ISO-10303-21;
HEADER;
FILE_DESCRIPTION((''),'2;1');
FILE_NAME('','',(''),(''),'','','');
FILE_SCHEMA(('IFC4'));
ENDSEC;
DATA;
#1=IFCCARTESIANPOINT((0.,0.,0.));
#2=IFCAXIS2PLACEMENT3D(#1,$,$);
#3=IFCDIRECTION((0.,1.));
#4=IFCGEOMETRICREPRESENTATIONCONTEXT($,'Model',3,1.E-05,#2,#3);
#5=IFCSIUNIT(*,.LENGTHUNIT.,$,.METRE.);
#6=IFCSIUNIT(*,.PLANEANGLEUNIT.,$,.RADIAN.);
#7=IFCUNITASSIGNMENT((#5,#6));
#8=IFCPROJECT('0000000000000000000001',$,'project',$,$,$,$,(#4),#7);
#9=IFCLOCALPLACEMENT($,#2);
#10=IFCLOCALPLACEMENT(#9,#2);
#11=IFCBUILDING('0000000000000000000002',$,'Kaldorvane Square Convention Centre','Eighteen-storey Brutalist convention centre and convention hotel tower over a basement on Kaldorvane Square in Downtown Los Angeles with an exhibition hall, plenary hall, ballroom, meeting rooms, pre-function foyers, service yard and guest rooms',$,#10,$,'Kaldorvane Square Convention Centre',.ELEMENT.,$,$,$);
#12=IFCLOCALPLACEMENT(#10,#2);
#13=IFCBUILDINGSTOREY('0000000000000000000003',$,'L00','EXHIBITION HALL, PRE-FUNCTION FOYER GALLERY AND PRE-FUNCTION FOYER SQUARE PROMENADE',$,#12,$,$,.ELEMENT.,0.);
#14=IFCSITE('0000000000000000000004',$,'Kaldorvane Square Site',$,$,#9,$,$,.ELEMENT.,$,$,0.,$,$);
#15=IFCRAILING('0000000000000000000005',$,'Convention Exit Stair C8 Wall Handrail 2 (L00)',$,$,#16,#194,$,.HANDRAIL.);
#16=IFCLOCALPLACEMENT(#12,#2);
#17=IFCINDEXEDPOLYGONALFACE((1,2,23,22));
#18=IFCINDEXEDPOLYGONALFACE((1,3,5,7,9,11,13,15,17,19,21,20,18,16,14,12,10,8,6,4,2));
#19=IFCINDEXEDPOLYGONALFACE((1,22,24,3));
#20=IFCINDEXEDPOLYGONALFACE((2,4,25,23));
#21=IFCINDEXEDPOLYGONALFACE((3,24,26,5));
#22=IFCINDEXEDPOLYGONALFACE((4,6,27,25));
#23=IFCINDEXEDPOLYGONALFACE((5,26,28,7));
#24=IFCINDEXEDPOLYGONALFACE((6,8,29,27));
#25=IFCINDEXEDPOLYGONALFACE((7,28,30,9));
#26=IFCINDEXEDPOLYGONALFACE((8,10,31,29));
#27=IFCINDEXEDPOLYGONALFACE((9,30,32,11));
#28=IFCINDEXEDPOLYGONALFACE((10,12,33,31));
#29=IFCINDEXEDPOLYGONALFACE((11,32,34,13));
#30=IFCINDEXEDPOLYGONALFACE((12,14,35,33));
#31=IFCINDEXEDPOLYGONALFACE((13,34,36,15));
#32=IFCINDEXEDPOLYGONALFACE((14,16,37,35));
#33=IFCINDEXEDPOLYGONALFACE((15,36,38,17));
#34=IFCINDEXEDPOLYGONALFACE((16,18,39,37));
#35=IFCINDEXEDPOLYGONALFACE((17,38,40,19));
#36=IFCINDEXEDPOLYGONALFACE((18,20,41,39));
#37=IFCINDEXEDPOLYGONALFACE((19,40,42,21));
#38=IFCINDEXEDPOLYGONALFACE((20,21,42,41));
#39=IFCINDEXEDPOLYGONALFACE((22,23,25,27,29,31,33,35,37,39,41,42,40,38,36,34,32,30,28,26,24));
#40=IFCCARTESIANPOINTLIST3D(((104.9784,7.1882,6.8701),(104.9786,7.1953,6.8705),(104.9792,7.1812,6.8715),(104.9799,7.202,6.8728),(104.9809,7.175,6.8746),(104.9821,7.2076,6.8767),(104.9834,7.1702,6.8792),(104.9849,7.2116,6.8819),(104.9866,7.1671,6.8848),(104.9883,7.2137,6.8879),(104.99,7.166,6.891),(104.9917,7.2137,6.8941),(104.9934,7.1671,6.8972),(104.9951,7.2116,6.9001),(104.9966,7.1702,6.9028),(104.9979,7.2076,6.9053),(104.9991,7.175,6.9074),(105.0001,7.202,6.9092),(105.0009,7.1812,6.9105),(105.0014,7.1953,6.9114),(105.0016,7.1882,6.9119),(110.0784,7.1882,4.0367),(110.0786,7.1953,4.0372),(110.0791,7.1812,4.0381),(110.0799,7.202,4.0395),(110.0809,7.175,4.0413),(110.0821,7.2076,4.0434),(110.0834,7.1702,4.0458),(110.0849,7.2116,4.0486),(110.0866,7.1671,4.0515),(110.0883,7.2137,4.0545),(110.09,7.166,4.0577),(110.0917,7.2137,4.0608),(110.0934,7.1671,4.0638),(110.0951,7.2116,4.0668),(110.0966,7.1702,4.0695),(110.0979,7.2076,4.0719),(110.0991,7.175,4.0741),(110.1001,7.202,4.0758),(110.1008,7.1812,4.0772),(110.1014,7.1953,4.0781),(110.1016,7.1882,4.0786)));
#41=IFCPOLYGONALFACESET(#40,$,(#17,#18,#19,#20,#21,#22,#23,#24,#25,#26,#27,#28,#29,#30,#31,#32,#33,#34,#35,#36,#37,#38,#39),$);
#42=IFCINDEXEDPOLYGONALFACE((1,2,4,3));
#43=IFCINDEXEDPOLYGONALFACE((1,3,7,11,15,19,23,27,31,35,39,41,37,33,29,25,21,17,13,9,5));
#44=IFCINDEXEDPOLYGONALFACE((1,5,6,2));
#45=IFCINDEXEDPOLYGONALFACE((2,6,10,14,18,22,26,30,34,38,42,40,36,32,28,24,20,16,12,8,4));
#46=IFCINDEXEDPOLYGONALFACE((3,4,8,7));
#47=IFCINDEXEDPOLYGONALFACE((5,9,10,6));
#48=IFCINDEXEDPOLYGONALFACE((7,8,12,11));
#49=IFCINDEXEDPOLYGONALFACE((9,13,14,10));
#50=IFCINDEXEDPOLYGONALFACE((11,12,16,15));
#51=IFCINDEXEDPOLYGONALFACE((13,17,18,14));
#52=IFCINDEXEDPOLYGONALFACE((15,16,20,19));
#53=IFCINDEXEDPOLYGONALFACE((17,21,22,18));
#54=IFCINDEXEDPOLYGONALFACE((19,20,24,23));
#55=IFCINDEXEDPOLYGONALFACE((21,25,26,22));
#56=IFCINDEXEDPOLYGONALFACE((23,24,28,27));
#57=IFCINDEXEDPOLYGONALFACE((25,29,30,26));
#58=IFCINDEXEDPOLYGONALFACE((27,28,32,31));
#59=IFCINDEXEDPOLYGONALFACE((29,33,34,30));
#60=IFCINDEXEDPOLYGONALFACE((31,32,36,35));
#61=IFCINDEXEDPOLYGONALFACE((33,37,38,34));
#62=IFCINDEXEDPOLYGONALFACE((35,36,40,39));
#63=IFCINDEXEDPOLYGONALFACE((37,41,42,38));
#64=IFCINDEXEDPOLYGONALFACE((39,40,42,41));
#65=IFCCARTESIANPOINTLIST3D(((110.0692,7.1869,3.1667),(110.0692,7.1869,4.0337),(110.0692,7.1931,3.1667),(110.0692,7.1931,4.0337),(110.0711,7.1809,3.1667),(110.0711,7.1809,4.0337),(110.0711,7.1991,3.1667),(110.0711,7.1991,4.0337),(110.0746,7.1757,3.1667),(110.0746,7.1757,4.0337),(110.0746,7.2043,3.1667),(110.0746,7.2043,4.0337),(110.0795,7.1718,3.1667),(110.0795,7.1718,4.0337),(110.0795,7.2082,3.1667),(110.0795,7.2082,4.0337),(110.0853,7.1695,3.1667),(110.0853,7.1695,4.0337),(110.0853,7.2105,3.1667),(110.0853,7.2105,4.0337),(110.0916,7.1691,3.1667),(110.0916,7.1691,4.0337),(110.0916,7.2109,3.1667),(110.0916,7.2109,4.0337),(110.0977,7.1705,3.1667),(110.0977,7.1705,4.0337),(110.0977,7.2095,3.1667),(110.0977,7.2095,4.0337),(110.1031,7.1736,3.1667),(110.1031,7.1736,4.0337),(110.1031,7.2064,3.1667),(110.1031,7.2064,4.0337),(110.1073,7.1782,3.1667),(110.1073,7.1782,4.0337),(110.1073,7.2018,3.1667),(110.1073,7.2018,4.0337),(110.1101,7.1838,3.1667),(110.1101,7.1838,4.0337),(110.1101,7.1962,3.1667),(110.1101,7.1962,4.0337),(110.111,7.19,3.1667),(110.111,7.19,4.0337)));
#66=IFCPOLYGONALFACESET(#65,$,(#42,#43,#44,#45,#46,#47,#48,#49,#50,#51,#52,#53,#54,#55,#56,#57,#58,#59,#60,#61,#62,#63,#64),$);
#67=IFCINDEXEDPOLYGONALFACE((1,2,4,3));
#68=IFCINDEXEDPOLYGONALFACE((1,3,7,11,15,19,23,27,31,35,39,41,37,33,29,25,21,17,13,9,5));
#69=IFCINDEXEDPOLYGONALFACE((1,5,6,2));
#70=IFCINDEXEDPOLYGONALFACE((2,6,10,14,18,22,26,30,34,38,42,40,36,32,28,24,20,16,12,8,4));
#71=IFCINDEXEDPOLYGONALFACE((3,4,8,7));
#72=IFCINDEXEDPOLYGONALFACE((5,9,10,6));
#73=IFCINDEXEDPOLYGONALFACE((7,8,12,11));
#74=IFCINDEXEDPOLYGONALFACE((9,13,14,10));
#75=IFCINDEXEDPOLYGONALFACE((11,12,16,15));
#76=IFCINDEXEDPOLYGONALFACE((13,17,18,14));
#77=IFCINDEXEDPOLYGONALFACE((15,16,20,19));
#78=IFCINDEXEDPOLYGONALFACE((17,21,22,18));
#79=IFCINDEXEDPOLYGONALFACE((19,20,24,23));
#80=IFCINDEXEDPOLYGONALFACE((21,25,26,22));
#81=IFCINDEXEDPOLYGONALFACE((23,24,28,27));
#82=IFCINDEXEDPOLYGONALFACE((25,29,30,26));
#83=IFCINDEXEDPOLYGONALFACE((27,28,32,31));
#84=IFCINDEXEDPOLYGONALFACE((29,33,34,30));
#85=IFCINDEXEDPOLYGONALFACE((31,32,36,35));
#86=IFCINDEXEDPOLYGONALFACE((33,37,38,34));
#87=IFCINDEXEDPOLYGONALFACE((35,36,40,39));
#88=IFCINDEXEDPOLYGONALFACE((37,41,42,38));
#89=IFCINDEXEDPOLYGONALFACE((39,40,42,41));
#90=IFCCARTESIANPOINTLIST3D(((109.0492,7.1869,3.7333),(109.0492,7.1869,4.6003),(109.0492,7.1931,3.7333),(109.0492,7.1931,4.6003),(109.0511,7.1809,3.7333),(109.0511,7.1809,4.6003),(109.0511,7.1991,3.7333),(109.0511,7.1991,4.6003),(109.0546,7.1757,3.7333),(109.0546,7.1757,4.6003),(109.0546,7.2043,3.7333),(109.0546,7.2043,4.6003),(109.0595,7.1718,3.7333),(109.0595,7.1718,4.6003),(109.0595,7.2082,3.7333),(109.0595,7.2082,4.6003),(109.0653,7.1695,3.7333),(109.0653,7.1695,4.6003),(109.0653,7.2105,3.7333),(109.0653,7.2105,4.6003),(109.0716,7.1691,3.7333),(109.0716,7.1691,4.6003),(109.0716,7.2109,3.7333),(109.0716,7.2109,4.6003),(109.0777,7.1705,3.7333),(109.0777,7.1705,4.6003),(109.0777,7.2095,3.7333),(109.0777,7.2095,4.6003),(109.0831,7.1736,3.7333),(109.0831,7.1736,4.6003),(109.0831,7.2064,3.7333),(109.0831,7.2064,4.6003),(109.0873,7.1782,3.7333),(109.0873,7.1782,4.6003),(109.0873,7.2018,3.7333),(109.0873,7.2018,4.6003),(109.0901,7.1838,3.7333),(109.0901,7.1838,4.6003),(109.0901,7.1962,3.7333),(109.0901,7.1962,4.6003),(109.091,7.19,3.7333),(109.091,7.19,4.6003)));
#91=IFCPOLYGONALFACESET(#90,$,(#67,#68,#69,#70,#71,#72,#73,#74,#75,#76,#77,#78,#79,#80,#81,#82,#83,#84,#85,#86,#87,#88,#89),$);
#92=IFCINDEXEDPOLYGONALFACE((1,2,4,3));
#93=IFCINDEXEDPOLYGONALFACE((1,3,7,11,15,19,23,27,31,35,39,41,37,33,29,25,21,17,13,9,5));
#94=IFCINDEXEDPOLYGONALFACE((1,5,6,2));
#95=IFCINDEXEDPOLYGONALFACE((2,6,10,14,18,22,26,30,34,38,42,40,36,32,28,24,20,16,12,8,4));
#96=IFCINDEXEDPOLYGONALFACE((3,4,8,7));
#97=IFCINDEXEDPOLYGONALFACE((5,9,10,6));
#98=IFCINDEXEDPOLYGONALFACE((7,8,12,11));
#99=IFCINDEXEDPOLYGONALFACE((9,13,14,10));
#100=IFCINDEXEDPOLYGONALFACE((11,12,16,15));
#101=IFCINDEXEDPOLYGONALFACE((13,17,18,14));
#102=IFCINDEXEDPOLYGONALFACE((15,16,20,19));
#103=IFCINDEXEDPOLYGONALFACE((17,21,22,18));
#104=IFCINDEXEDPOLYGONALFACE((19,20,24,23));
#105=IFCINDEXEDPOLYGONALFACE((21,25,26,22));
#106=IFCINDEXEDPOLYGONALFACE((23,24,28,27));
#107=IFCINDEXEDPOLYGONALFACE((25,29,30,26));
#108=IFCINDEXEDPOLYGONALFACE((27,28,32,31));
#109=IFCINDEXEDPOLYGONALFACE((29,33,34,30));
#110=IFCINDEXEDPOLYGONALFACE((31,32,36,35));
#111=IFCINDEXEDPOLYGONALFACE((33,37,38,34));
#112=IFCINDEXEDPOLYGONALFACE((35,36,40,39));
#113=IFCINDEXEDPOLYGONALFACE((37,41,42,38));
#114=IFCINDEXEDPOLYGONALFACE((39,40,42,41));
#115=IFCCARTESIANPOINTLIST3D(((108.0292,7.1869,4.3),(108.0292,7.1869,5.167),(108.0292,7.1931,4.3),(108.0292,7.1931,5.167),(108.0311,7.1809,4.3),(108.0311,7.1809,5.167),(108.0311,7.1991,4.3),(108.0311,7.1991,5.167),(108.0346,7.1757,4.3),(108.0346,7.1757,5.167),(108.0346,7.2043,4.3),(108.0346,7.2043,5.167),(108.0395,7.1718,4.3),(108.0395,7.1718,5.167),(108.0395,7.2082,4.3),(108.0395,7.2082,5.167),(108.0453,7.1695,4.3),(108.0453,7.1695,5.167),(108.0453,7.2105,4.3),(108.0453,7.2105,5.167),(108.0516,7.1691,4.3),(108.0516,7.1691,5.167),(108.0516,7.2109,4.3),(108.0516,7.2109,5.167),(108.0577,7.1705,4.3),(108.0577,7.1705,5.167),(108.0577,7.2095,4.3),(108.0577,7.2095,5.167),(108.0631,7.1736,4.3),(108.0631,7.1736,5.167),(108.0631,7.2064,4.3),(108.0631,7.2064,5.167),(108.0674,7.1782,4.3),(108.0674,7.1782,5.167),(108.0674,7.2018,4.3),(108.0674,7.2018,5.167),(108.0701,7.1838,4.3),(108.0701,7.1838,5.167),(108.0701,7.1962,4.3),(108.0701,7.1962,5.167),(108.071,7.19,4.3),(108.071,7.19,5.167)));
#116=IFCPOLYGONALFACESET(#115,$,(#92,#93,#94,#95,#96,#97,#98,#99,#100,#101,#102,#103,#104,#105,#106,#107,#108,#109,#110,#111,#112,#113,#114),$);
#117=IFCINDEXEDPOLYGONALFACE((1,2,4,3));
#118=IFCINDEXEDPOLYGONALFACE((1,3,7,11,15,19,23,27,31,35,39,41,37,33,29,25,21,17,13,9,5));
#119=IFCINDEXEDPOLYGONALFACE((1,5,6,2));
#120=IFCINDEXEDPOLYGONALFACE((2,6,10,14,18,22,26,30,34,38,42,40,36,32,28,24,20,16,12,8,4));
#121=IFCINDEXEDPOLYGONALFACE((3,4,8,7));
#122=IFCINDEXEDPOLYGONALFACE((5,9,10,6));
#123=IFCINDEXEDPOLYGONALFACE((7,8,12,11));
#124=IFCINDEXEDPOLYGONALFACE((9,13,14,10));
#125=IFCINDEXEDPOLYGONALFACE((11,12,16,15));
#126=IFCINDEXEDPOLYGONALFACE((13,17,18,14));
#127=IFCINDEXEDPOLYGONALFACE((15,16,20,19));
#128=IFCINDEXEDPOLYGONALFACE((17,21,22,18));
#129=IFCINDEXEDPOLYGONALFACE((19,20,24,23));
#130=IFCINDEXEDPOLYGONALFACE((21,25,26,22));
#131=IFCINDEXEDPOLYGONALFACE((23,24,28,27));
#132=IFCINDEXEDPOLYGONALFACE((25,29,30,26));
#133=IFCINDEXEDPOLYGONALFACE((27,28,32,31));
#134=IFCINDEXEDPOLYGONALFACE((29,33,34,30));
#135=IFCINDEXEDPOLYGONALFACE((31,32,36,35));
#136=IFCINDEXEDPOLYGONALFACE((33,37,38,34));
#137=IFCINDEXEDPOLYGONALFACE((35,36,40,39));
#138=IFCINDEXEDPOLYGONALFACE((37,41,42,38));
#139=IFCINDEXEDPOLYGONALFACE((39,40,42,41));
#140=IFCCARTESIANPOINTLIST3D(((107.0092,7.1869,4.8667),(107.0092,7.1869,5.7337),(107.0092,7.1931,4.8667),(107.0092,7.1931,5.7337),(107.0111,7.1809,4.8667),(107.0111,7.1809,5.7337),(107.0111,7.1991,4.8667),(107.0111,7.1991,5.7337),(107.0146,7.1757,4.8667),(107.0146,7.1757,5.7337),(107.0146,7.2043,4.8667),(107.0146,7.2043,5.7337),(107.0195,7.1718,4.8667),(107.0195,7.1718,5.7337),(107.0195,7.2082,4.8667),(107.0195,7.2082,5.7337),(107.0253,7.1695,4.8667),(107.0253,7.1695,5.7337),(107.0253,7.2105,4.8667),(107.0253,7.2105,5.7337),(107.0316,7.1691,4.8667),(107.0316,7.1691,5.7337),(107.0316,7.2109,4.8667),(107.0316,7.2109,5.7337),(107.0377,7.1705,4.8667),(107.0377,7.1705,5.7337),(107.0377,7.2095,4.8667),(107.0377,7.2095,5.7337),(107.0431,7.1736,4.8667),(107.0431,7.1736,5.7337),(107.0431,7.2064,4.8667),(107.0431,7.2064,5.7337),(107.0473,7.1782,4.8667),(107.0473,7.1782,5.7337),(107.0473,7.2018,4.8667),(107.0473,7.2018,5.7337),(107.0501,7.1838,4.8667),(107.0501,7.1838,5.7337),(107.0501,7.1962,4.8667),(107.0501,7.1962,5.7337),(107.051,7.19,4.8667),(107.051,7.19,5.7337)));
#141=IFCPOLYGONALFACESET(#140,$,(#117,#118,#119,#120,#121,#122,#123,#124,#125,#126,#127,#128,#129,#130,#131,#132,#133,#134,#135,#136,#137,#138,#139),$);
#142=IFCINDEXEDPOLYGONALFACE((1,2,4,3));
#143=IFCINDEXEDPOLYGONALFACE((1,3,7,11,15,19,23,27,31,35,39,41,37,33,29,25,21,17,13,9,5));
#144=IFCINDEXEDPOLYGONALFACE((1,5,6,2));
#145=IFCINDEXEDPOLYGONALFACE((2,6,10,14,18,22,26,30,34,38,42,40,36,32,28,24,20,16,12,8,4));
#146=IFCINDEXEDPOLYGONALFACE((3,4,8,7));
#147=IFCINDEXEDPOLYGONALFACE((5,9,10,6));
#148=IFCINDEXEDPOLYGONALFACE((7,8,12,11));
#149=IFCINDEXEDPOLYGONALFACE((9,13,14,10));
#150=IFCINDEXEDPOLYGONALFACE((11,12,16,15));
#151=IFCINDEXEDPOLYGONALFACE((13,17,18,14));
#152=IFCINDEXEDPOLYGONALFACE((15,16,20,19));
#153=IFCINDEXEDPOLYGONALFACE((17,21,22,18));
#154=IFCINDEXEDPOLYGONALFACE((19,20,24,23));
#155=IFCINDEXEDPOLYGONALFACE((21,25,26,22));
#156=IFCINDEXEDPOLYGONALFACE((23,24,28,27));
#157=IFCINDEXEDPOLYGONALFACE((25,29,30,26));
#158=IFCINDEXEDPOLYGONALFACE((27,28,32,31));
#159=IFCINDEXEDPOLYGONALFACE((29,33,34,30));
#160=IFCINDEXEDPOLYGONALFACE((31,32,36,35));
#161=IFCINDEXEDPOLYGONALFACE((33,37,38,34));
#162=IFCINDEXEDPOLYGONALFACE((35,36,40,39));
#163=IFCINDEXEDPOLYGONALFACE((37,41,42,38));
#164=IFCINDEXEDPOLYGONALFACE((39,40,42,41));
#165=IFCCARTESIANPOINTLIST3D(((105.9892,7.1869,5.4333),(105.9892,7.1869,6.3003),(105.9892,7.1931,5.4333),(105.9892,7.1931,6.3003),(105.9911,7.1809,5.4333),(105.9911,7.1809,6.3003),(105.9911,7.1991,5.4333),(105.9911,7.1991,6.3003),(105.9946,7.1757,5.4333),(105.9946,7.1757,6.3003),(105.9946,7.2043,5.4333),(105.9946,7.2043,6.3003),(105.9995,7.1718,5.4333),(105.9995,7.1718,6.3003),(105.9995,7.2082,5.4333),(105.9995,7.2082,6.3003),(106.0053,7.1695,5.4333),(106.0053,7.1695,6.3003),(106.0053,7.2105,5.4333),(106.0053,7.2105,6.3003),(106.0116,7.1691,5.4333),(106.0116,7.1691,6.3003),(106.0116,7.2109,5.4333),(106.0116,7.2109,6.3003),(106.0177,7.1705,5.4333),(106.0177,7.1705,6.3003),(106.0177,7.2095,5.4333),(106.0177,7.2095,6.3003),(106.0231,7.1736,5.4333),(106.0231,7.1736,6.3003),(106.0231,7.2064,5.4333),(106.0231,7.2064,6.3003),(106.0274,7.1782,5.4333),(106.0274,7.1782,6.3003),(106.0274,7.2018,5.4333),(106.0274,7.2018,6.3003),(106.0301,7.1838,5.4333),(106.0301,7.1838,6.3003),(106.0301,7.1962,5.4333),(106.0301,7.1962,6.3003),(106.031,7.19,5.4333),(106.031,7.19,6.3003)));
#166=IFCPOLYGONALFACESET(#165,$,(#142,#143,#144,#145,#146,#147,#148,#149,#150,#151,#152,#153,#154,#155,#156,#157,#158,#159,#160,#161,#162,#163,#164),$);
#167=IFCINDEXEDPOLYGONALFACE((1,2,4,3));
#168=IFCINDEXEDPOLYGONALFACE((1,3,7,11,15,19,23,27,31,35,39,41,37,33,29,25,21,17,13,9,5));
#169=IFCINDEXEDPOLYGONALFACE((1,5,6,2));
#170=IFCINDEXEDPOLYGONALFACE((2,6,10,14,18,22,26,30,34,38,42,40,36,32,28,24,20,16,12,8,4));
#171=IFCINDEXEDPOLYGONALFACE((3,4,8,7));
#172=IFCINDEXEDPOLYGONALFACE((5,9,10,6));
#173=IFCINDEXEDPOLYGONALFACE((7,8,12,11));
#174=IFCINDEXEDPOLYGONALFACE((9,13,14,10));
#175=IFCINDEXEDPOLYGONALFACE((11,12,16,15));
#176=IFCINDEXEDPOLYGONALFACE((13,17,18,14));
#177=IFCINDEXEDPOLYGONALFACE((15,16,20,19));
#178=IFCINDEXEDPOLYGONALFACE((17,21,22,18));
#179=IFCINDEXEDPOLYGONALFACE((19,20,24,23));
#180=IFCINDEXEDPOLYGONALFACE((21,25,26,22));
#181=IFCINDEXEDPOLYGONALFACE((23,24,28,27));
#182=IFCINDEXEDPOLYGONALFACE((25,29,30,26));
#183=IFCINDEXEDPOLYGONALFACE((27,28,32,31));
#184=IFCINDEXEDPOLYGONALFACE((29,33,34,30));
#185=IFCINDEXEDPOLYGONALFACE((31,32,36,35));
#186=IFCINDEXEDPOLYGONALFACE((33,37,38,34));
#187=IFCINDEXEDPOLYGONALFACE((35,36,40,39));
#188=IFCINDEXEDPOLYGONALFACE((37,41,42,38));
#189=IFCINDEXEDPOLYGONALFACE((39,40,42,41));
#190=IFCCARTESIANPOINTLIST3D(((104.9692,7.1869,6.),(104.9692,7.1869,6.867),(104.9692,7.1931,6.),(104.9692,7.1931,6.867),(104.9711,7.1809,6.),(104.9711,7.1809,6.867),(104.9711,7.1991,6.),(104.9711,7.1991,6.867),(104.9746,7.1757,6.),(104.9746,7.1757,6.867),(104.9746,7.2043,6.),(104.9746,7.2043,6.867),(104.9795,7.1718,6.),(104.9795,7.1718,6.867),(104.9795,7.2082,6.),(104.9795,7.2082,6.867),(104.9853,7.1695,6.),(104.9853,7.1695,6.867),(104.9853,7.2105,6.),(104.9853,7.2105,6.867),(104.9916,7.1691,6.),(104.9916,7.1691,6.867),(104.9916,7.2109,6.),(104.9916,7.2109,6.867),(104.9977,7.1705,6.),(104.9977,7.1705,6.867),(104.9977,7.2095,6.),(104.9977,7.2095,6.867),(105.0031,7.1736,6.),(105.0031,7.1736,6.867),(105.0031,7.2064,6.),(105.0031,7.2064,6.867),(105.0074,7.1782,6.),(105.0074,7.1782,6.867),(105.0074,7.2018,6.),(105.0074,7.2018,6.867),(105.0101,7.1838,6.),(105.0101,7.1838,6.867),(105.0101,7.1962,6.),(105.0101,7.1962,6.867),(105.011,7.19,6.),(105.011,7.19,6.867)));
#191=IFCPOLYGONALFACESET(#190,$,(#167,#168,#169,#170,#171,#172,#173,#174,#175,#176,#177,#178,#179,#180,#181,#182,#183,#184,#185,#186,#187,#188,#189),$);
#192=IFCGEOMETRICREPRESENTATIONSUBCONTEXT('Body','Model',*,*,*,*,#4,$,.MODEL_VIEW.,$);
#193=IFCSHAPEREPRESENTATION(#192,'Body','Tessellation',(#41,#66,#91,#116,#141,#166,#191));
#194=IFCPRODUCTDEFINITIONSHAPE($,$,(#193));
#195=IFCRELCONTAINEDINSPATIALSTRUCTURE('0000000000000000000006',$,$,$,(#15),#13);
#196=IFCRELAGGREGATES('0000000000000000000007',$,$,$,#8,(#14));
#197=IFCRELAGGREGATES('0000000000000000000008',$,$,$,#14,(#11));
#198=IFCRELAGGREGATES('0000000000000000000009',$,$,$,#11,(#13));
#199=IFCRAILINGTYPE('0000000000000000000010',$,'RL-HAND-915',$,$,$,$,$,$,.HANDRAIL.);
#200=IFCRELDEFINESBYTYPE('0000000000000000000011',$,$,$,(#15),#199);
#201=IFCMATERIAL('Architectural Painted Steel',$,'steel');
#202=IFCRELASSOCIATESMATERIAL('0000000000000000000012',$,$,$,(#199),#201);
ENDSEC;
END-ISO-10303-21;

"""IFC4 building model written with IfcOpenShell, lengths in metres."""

from ifc_helpers import new_model, si_unit, direction, frame, origin, origin_2d, place, context, subcontext, project, spatial, circle, extrude, material, type_object, element, save


model = new_model("IFC4")

# Units and contexts
model_context = context("Model", 3, precision=1e-05, world=origin(), true_north=direction((0.0, 1.0)))
body_context = subcontext(model_context, "Body", "Model", "MODEL_VIEW")
ifc_project = project(units=[si_unit("LENGTHUNIT", "METRE"), si_unit("PLANEANGLEUNIT", "RADIAN")], contexts=[model_context])

# Site, building, storey
site_placement = place(None, origin())
site = spatial("IfcSite", under=ifc_project, at=site_placement, Name="Kaldorvane Square Site", CompositionType="ELEMENT", RefElevation=0.0)
building_placement = place(site_placement, origin())
building = spatial("IfcBuilding", under=site, at=building_placement, Name="Kaldorvane Square Convention Centre", Description="Eighteen-storey Brutalist convention centre and convention hotel tower over a basement on Kaldorvane Square in Downtown Los Angeles with an exhibition hall, plenary hall, ballroom, meeting rooms, pre-function foyers, service yard and guest rooms", LongName="Kaldorvane Square Convention Centre", CompositionType="ELEMENT")
storey_placement = place(building_placement, origin())
storey = spatial("IfcBuildingStorey", under=building, at=storey_placement, Name="L00", Description="EXHIBITION HALL, PRE-FUNCTION FOYER GALLERY AND PRE-FUNCTION FOYER SQUARE PROMENADE", CompositionType="ELEMENT", Elevation=0.0)

# Railing
ifc_material_1 = material(Name="Architectural Painted Steel", Category="steel")
railing_type_1 = type_object("IfcRailingType", Name="RL-HAND-915", PredefinedType="HANDRAIL", material=ifc_material_1)
railing_1_placement = place(storey_placement, frame((110.09, 7.19, 3.1667)))
element("IfcRailing", 1, at=railing_1_placement, inside=storey, type_object=railing_type_1, Name="Convention Exit Stair C8 Wall Handrail 2 (L00)", PredefinedType="HANDRAIL", context=body_context, shape_type="SweptSolid", body=[
    extrude(circle(Radius=0.024, at=origin_2d()), frame((0.0, 0.0, 0.891), z_axis=(-0.874157, 0.0, 0.485643), x_axis=(0.0, -1.0, 0.0)), (0.0, 0.0, 1.0), 5.8342),
    extrude(circle(Radius=0.021, at=origin_2d()), origin(), (0.0, 0.0, 1.0), 0.867),
    extrude(circle(Radius=0.021, at=origin_2d()), frame((-1.02, 0.0, 0.5667)), (0.0, 0.0, 1.0), 0.867),
    extrude(circle(Radius=0.021, at=origin_2d()), frame((-2.04, 0.0, 1.1333)), (0.0, 0.0, 1.0), 0.867),
    extrude(circle(Radius=0.021, at=origin_2d()), frame((-3.06, 0.0, 1.7)), (0.0, 0.0, 1.0), 0.867),
    extrude(circle(Radius=0.021, at=origin_2d()), frame((-4.08, 0.0, 2.2667)), (0.0, 0.0, 1.0), 0.867),
    extrude(circle(Radius=0.021, at=origin_2d()), frame((-5.1, 0.0, 2.8333)), (0.0, 0.0, 1.0), 0.867),
])

save(model, "model.ifc")
